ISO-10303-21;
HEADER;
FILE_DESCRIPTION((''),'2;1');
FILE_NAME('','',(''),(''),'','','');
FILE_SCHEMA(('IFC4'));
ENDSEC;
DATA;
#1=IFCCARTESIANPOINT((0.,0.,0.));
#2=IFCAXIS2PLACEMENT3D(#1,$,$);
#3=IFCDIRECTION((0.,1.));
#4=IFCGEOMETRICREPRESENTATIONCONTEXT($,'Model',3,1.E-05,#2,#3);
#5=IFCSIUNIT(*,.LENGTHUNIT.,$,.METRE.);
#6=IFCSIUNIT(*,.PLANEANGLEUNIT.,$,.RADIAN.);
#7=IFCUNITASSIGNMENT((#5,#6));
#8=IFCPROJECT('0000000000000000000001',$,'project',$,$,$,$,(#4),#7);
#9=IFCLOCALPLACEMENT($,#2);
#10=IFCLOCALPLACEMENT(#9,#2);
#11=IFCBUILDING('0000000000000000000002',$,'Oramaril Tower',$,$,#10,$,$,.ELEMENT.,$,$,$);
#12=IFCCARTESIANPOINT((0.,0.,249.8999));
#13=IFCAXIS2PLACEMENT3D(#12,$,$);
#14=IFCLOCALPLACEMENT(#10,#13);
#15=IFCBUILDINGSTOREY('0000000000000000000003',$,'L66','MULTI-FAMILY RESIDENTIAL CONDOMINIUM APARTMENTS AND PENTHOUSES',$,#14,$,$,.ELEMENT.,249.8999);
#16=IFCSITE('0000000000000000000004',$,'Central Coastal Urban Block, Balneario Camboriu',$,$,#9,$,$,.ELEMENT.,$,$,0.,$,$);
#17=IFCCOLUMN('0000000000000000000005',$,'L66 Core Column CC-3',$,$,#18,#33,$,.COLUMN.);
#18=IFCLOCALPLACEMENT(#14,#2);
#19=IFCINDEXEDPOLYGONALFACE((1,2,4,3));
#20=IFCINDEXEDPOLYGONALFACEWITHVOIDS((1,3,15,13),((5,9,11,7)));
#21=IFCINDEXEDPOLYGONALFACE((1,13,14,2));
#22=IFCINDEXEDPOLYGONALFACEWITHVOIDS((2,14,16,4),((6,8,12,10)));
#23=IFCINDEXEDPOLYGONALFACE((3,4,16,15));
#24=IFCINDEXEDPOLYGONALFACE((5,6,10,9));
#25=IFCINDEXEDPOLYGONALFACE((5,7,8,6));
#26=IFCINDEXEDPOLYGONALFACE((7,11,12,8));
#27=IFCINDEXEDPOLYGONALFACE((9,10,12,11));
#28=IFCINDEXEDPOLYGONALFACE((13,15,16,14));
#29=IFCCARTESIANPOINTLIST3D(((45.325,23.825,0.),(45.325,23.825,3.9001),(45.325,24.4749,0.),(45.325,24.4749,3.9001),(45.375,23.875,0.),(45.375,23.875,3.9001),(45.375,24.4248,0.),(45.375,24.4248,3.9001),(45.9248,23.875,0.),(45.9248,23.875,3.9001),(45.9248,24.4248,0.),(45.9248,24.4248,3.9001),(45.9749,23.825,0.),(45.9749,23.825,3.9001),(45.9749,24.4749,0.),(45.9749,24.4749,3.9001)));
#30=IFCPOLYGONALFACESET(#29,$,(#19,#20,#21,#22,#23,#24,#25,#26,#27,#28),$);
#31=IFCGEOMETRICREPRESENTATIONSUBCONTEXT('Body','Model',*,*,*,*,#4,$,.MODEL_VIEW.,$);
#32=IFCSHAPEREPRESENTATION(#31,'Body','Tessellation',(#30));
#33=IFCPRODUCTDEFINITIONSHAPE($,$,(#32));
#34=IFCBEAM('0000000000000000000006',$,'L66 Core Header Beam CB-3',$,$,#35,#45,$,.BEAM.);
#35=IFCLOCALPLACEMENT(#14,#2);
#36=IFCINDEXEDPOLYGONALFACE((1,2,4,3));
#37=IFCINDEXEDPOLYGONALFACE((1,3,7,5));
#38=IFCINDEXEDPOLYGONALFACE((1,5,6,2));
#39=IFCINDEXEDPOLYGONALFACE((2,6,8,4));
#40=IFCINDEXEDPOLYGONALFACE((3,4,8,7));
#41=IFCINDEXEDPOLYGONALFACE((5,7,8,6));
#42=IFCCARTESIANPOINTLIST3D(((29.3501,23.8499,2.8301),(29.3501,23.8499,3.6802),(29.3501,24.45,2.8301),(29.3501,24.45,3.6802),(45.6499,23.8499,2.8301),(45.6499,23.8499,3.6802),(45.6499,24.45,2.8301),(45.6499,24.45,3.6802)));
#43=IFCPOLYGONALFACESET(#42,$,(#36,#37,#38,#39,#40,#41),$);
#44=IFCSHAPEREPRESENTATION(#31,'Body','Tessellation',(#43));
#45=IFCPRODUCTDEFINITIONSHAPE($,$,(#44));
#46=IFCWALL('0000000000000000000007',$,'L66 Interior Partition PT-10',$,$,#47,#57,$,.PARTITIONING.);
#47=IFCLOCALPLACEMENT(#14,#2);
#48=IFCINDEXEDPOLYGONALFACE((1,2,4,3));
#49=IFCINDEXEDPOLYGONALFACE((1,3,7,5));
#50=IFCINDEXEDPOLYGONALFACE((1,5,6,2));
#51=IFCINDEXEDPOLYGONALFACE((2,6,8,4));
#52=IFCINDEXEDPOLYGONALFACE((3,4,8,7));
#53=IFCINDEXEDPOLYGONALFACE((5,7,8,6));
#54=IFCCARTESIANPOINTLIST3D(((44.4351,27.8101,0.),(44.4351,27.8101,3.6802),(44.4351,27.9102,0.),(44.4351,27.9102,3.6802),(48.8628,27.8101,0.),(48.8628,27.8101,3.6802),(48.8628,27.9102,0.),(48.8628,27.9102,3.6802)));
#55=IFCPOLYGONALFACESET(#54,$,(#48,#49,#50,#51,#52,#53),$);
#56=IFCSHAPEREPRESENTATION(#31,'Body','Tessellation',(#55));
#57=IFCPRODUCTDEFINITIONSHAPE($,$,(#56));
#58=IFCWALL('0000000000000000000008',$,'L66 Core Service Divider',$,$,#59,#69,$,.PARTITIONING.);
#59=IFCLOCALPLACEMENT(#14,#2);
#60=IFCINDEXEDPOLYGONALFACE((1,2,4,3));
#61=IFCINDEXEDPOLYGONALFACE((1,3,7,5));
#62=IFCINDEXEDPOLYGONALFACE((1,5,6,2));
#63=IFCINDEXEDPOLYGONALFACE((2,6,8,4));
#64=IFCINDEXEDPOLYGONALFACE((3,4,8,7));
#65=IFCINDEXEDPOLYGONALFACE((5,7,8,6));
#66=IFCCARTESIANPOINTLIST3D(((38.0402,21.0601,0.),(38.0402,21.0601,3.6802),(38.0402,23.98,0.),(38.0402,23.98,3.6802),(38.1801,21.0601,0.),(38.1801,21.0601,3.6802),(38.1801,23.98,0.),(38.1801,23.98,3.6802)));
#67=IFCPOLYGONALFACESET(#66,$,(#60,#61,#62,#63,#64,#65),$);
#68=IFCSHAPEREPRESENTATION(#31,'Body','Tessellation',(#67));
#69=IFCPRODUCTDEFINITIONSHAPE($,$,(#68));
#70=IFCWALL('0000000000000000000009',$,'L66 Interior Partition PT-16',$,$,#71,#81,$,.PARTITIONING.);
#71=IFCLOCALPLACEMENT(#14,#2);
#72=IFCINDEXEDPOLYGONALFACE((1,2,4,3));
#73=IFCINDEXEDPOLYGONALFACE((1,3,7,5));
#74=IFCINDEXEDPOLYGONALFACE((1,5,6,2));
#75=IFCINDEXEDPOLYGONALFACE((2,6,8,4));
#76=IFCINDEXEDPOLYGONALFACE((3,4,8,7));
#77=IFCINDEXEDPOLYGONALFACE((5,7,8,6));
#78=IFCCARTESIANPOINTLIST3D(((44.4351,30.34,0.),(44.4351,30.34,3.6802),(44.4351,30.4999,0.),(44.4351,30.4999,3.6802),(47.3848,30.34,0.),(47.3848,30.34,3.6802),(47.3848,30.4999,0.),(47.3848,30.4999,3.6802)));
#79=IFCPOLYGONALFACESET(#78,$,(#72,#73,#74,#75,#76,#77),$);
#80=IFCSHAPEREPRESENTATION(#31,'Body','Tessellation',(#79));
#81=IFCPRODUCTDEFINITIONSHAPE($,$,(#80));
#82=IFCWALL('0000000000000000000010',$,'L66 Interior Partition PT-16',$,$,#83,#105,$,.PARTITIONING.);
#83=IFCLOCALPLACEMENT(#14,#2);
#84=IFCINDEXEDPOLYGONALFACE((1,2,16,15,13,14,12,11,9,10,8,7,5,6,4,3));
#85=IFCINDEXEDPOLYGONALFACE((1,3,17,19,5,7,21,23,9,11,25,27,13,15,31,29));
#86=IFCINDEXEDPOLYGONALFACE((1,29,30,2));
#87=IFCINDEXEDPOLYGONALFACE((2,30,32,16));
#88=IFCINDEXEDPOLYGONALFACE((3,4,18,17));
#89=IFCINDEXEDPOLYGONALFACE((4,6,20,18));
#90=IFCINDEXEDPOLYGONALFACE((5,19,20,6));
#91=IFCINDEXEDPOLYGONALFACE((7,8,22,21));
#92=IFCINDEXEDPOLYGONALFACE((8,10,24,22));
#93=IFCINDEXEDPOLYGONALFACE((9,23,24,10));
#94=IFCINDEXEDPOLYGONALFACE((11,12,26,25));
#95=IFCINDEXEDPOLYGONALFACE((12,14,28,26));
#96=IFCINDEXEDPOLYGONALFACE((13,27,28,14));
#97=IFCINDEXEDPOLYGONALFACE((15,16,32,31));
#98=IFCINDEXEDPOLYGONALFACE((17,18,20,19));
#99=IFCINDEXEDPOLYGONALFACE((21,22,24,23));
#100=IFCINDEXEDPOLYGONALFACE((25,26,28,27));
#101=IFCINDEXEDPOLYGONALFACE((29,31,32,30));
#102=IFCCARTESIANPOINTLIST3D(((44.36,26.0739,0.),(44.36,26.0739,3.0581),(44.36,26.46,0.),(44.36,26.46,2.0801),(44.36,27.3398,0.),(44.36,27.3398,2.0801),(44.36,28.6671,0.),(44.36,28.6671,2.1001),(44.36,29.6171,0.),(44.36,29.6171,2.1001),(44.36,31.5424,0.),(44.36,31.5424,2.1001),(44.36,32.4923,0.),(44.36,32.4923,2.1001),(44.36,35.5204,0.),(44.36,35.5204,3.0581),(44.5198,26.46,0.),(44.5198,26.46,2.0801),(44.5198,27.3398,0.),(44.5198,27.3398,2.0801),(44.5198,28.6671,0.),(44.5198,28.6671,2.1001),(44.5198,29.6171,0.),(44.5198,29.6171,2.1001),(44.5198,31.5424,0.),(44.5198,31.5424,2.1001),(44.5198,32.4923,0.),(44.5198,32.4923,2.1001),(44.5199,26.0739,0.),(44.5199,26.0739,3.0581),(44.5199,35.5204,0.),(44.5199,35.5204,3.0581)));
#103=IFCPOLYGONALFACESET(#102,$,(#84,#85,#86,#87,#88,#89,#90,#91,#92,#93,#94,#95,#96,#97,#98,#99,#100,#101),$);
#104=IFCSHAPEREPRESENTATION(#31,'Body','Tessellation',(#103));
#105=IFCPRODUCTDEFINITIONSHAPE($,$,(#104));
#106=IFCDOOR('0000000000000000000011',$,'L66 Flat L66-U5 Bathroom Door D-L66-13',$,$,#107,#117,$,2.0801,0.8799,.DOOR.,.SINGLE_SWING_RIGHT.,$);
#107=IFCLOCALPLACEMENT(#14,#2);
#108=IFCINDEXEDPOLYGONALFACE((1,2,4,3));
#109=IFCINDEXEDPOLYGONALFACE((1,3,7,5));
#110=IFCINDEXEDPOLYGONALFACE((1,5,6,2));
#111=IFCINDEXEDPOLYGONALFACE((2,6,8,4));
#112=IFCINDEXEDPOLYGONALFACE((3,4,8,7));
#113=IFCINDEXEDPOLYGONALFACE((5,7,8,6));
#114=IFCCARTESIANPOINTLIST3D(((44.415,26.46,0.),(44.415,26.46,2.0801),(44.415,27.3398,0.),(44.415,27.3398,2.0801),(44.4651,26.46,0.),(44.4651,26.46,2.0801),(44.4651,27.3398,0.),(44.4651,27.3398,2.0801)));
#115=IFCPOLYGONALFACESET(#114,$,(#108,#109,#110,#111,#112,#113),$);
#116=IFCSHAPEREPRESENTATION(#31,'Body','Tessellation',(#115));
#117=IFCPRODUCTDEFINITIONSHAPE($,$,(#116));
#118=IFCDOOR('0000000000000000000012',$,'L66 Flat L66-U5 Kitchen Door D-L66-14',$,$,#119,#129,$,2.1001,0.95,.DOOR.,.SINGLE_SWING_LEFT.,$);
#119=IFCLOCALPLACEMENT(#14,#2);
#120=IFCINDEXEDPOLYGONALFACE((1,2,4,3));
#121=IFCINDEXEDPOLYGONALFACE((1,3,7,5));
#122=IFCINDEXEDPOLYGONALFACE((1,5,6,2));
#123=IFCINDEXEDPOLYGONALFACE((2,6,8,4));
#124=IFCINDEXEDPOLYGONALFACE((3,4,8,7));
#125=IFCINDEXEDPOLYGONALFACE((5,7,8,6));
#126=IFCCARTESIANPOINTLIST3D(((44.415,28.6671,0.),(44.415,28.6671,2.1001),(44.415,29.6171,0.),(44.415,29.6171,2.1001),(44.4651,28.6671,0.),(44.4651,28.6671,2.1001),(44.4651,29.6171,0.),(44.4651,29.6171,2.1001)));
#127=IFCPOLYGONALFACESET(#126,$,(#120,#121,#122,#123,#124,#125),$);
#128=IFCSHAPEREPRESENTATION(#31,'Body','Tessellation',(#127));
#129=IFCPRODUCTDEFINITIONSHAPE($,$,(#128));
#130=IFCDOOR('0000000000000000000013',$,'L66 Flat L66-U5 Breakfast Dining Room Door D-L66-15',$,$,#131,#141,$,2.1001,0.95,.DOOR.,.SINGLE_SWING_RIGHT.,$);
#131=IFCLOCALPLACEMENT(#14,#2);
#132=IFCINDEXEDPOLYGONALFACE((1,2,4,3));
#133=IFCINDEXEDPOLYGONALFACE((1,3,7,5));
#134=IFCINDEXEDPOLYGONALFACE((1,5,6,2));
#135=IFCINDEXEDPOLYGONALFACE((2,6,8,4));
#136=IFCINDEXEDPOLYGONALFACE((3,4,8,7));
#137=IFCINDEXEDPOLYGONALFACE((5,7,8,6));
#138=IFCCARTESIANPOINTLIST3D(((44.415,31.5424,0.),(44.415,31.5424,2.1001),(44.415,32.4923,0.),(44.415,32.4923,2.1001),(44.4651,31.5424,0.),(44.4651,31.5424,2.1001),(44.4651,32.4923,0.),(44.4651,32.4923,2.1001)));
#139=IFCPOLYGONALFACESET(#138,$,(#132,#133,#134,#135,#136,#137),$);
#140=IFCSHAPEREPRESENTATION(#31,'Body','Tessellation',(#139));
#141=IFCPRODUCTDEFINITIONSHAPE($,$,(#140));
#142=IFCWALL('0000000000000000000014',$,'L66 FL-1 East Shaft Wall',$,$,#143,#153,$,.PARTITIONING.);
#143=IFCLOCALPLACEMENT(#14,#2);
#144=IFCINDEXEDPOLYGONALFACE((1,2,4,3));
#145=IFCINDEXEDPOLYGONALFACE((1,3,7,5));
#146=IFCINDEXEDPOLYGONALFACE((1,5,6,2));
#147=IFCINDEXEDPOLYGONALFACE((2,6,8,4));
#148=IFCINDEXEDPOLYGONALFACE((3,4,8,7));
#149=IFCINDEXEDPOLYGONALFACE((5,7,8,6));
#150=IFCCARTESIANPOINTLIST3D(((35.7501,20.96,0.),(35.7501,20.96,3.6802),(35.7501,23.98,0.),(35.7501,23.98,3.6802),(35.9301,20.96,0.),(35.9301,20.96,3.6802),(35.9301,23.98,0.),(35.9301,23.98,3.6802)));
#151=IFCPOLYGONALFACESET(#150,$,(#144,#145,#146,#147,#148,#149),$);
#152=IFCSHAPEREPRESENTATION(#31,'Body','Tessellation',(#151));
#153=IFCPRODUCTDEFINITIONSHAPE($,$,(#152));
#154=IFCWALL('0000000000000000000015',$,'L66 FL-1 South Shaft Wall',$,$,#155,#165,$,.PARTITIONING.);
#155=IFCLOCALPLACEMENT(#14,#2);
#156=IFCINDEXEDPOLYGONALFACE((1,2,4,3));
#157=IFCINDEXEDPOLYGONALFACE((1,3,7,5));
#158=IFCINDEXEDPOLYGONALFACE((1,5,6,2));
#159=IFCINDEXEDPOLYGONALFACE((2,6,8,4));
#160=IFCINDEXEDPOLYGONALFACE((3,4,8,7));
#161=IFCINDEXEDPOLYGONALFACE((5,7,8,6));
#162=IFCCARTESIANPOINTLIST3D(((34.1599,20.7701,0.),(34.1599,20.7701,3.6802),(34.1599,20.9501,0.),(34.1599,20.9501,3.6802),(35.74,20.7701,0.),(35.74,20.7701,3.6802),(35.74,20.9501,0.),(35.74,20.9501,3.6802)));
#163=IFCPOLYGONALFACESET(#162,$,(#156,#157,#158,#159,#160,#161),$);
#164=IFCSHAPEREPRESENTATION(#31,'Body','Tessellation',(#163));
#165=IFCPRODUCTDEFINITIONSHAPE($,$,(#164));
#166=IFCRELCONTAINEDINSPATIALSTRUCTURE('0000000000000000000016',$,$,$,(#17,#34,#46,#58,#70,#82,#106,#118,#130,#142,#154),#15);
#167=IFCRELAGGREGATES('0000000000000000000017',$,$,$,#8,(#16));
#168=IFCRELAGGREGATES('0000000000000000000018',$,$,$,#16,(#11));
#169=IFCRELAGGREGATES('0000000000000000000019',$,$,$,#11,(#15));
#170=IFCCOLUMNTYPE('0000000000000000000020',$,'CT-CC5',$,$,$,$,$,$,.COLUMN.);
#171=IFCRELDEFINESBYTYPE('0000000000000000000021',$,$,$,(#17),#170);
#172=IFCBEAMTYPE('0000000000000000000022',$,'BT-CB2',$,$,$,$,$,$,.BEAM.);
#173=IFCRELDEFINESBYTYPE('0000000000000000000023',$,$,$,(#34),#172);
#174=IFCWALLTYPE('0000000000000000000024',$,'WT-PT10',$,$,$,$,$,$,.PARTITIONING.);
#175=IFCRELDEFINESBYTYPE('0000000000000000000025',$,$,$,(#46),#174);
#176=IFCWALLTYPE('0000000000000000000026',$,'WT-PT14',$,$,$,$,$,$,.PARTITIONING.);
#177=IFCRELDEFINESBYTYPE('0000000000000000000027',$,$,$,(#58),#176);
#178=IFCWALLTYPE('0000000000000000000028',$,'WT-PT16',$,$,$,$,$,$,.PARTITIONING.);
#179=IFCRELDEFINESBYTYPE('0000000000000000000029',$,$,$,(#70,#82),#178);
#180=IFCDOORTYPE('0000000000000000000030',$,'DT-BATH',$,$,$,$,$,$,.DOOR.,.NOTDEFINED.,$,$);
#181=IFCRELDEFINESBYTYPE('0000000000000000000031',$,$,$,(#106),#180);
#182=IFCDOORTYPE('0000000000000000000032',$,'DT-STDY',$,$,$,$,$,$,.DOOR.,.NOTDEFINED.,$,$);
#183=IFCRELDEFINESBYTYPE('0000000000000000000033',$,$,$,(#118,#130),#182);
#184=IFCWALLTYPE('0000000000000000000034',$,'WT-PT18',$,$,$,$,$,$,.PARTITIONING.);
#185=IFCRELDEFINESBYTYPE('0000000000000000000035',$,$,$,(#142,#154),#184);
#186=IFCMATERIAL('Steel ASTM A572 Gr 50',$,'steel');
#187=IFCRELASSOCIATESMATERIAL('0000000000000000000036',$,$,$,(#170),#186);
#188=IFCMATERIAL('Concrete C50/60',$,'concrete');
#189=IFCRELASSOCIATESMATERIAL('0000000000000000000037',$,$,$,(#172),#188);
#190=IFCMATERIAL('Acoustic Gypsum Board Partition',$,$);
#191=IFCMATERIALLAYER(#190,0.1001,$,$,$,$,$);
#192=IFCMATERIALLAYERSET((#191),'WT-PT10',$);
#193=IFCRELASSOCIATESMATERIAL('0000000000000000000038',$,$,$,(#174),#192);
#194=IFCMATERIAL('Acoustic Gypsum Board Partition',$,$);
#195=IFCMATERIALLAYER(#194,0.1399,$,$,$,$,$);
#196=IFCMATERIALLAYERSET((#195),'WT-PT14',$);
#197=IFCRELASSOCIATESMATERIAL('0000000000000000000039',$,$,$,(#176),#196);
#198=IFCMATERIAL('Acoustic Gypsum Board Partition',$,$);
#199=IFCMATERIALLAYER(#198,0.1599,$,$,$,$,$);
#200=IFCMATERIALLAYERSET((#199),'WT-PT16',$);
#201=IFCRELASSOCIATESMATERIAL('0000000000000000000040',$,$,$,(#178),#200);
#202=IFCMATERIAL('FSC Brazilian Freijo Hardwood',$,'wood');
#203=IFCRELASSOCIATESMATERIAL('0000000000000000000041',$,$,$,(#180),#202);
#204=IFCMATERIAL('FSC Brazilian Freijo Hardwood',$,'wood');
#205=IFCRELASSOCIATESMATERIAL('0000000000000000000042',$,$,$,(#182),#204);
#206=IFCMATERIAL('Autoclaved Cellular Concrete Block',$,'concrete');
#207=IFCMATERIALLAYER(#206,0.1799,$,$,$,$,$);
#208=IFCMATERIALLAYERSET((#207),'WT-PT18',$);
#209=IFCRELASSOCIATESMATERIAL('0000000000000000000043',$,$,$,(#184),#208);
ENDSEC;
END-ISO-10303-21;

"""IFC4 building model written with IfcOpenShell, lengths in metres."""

from ifc_helpers import new_model, si_unit, direction, frame, frame_2d, origin, origin_2d, place, context, subcontext, project, spatial, rectangle, hollow_rectangle, extrude, material, layer, layer_set, material_profile, profile_set, type_object, element, fill, save


model = new_model("IFC4")

# Units and contexts
model_context = context("Model", 3, precision=1e-05, world=origin(), true_north=direction((0.0, 1.0)))
body_context = subcontext(model_context, "Body", "Model", "MODEL_VIEW")
ifc_project = project(units=[si_unit("LENGTHUNIT", "METRE"), si_unit("PLANEANGLEUNIT", "RADIAN")], contexts=[model_context])

# Site, building, storey
site_placement = place(None, origin())
site = spatial("IfcSite", under=ifc_project, at=site_placement, Name="Central Coastal Urban Block, Balneario Camboriu", CompositionType="ELEMENT", RefElevation=0.0)
building_placement = place(site_placement, origin())
building = spatial("IfcBuilding", under=site, at=building_placement, Name="Oramaril Tower", CompositionType="ELEMENT")
storey_placement = place(building_placement, frame((0.0, 0.0, 249.8999)))
storey = spatial("IfcBuildingStorey", under=building, at=storey_placement, Name="L66", Description="MULTI-FAMILY RESIDENTIAL CONDOMINIUM APARTMENTS AND PENTHOUSES", CompositionType="ELEMENT", Elevation=249.8999)

# Column
ifc_material_1 = material(Name="Steel ASTM A572 Gr 50", Category="steel")
ifc_material_profile_1 = material_profile(ifc_material_1, hollow_rectangle(XDim=0.6499, YDim=0.6499, WallThickness=0.05, at=origin_2d()), Name="BOX650X650X50")
ifc_profile_set_1 = profile_set([ifc_material_profile_1], Name="Steel ASTM A572 Gr 50")
column_type = type_object("IfcColumnType", Name="CT-CC5", PredefinedType="COLUMN", material=ifc_profile_set_1)
column_placement = place(storey_placement, frame((45.6499, 24.1499, 0.0), z_axis=(0.0, 0.0, 1.0), x_axis=(1.0, 0.0, 0.0)))
element("IfcColumn", 1, at=column_placement, inside=storey, type_object=column_type, Name="L66 Core Column CC-3", PredefinedType="COLUMN", context=body_context, shape_type="SweptSolid", body=[
    extrude(hollow_rectangle(XDim=0.6499, YDim=0.6499, WallThickness=0.05, at=origin_2d()), origin(), (0.0, 0.0, 1.0), 3.9001),
])

# Beam
ifc_material_2 = material(Name="Concrete C50/60", Category="concrete")
ifc_material_profile_2 = material_profile(ifc_material_2, rectangle(XDim=0.6001, YDim=0.8501, at=origin_2d()), Name="CB600X850")
ifc_profile_set_2 = profile_set([ifc_material_profile_2], Name="Concrete C50/60")
beam_type = type_object("IfcBeamType", Name="BT-CB2", PredefinedType="BEAM", material=ifc_profile_set_2)
beam_placement = place(storey_placement, frame((45.6499, 24.1499, 3.2551), z_axis=(-1.0, 0.0, 0.0), x_axis=(0.0, -1.0, 0.0)))
element("IfcBeam", 2, at=beam_placement, inside=storey, type_object=beam_type, Name="L66 Core Header Beam CB-3", PredefinedType="BEAM", context=body_context, shape_type="SweptSolid", body=[
    extrude(rectangle(XDim=0.6001, YDim=0.8501, at=origin_2d()), origin(), (0.0, 0.0, 1.0), 16.2998),
])

# Walls
ifc_material_3 = material(Name="Acoustic Gypsum Board Partition")
ifc_layer_1 = layer(ifc_material_3, 0.1001)
ifc_layer_set_1 = layer_set([ifc_layer_1], Name="WT-PT10")
wall_type_1 = type_object("IfcWallType", Name="WT-PT10", PredefinedType="PARTITIONING", material=ifc_layer_set_1)
wall_1_placement = place(storey_placement, frame((44.4351, 27.8601, 0.0), z_axis=(0.0, 0.0, 1.0), x_axis=(1.0, 0.0, 0.0)))
element("IfcWall", 3, at=wall_1_placement, inside=storey, type_object=wall_type_1, Name="L66 Interior Partition PT-10", PredefinedType="PARTITIONING", context=body_context, shape_type="SweptSolid", body=[
    extrude(rectangle(XDim=4.4277, YDim=0.1001, at=frame_2d((2.2139, 0.0))), origin(), (0.0, 0.0, 1.0), 3.6802),
])
ifc_material_4 = material(Name="Acoustic Gypsum Board Partition")
ifc_layer_2 = layer(ifc_material_4, 0.1399)
ifc_layer_set_2 = layer_set([ifc_layer_2], Name="WT-PT14")
wall_type_2 = type_object("IfcWallType", Name="WT-PT14", PredefinedType="PARTITIONING", material=ifc_layer_set_2)
wall_2_placement = place(storey_placement, frame((38.1101, 21.0601, 0.0), z_axis=(0.0, 0.0, 1.0), x_axis=(0.0, 1.0, 0.0)))
element("IfcWall", 4, at=wall_2_placement, inside=storey, type_object=wall_type_2, Name="L66 Core Service Divider", PredefinedType="PARTITIONING", context=body_context, shape_type="SweptSolid", body=[
    extrude(rectangle(XDim=2.9199, YDim=0.1399, at=frame_2d((1.46, 0.0))), origin(), (0.0, 0.0, 1.0), 3.6802),
])
ifc_material_5 = material(Name="Acoustic Gypsum Board Partition")
ifc_layer_3 = layer(ifc_material_5, 0.1599)
ifc_layer_set_3 = layer_set([ifc_layer_3], Name="WT-PT16")
wall_type_3 = type_object("IfcWallType", Name="WT-PT16", PredefinedType="PARTITIONING", material=ifc_layer_set_3)
wall_3_placement = place(storey_placement, frame((44.4351, 30.4199, 0.0), z_axis=(0.0, 0.0, 1.0), x_axis=(1.0, 0.0, 0.0)))
element("IfcWall", 5, at=wall_3_placement, inside=storey, type_object=wall_type_3, Name="L66 Interior Partition PT-16", PredefinedType="PARTITIONING", context=body_context, shape_type="SweptSolid", body=[
    extrude(rectangle(XDim=2.9497, YDim=0.1599, at=frame_2d((1.4749, 0.0))), origin(), (0.0, 0.0, 1.0), 3.6802),
])

# Wall, openings, doors
wall_4_placement = place(storey_placement, frame((44.4399, 26.074, 0.0), z_axis=(0.0, 0.0, 1.0), x_axis=(0.0, 1.0, 0.0)))
wall_4 = element("IfcWall", 6, at=wall_4_placement, inside=storey, type_object=wall_type_3, Name="L66 Interior Partition PT-16", PredefinedType="PARTITIONING", context=body_context, shape_type="SweptSolid", body=[
    extrude(rectangle(XDim=9.4465, YDim=0.1599, at=frame_2d((4.7231, 0.0))), origin(), (0.0, 0.0, 1.0), 3.0581),
])
opening_1_placement = place(wall_4_placement, frame((0.386, 0.0, 0.0)))
opening_1 = element("IfcOpeningElement", 7, at=opening_1_placement, cuts=wall_4, PredefinedType="OPENING", context=body_context, shape_type="SweptSolid", body=[
    extrude(rectangle(XDim=0.8799, YDim=2.0801, at=frame_2d((0.4399, 1.04))), frame((0.0, 0.0801, 0.0), z_axis=(0.0, -1.0, 0.0), x_axis=(1.0, 0.0, 0.0)), (0.0, 0.0, 1.0), 0.1599),
])
opening_2_placement = place(wall_4_placement, frame((2.593, 0.0, 0.0)))
opening_2 = element("IfcOpeningElement", 8, at=opening_2_placement, cuts=wall_4, PredefinedType="OPENING", context=body_context, shape_type="SweptSolid", body=[
    extrude(rectangle(XDim=0.95, YDim=2.1001, at=frame_2d((0.4751, 1.05))), frame((0.0, 0.0801, 0.0), z_axis=(0.0, -1.0, 0.0), x_axis=(1.0, 0.0, 0.0)), (0.0, 0.0, 1.0), 0.1599),
])
opening_3_placement = place(wall_4_placement, frame((5.4683, 0.0, 0.0)))
opening_3 = element("IfcOpeningElement", 9, at=opening_3_placement, cuts=wall_4, PredefinedType="OPENING", context=body_context, shape_type="SweptSolid", body=[
    extrude(rectangle(XDim=0.95, YDim=2.1001, at=frame_2d((0.4751, 1.05))), frame((0.0, 0.0801, 0.0), z_axis=(0.0, -1.0, 0.0), x_axis=(1.0, 0.0, 0.0)), (0.0, 0.0, 1.0), 0.1599),
])
ifc_material_6 = material(Name="FSC Brazilian Freijo Hardwood", Category="wood")
door_type_1 = type_object("IfcDoorType", Name="DT-BATH", OperationType="NOTDEFINED", PredefinedType="DOOR", material=ifc_material_6)
door_1_placement = place(opening_1_placement, origin())
door_1 = element("IfcDoor", 10, at=door_1_placement, inside=storey, type_object=door_type_1, Name="L66 Flat L66-U5 Bathroom Door D-L66-13", OperationType="SINGLE_SWING_RIGHT", OverallHeight=2.0801, OverallWidth=0.8799, PredefinedType="DOOR", context=body_context, shape_type="SweptSolid", body=[
    extrude(rectangle(XDim=0.8799, YDim=2.0801, at=frame_2d((0.4399, 1.04))), frame((0.0, 0.0249, 0.0), z_axis=(0.0, -1.0, 0.0), x_axis=(1.0, 0.0, 0.0)), (0.0, 0.0, 1.0), 0.05),
])
fill(opening_1, door_1)
ifc_material_7 = material(Name="FSC Brazilian Freijo Hardwood", Category="wood")
door_type_2 = type_object("IfcDoorType", Name="DT-STDY", OperationType="NOTDEFINED", PredefinedType="DOOR", material=ifc_material_7)
door_2_placement = place(opening_2_placement, origin())
door_2 = element("IfcDoor", 11, at=door_2_placement, inside=storey, type_object=door_type_2, Name="L66 Flat L66-U5 Kitchen Door D-L66-14", OperationType="SINGLE_SWING_LEFT", OverallHeight=2.1001, OverallWidth=0.95, PredefinedType="DOOR", context=body_context, shape_type="SweptSolid", body=[
    extrude(rectangle(XDim=0.95, YDim=2.1001, at=frame_2d((0.4751, 1.05))), frame((0.0, 0.0249, 0.0), z_axis=(0.0, -1.0, 0.0), x_axis=(1.0, 0.0, 0.0)), (0.0, 0.0, 1.0), 0.05),
])
fill(opening_2, door_2)
door_3_placement = place(opening_3_placement, origin())
door_3 = element("IfcDoor", 12, at=door_3_placement, inside=storey, type_object=door_type_2, Name="L66 Flat L66-U5 Breakfast Dining Room Door D-L66-15", OperationType="SINGLE_SWING_RIGHT", OverallHeight=2.1001, OverallWidth=0.95, PredefinedType="DOOR", context=body_context, shape_type="SweptSolid", body=[
    extrude(rectangle(XDim=0.95, YDim=2.1001, at=frame_2d((0.4751, 1.05))), frame((0.0, 0.0249, 0.0), z_axis=(0.0, -1.0, 0.0), x_axis=(1.0, 0.0, 0.0)), (0.0, 0.0, 1.0), 0.05),
])
fill(opening_3, door_3)

# Walls
ifc_material_8 = material(Name="Autoclaved Cellular Concrete Block", Category="concrete")
ifc_layer_4 = layer(ifc_material_8, 0.1799)
ifc_layer_set_4 = layer_set([ifc_layer_4], Name="WT-PT18")
wall_type_4 = type_object("IfcWallType", Name="WT-PT18", PredefinedType="PARTITIONING", material=ifc_layer_set_4)
wall_5_placement = place(storey_placement, frame((35.8401, 20.96, 0.0), z_axis=(0.0, 0.0, 1.0), x_axis=(0.0, 1.0, 0.0)))
element("IfcWall", 13, at=wall_5_placement, inside=storey, type_object=wall_type_4, Name="L66 FL-1 East Shaft Wall", PredefinedType="PARTITIONING", context=body_context, shape_type="SweptSolid", body=[
    extrude(rectangle(XDim=3.02, YDim=0.1799, at=frame_2d((1.51, 0.0))), origin(), (0.0, 0.0, 1.0), 3.6802),
])
wall_6_placement = place(storey_placement, frame((34.1599, 20.8601, 0.0), z_axis=(0.0, 0.0, 1.0), x_axis=(1.0, 0.0, 0.0)))
element("IfcWall", 14, at=wall_6_placement, inside=storey, type_object=wall_type_4, Name="L66 FL-1 South Shaft Wall", PredefinedType="PARTITIONING", context=body_context, shape_type="SweptSolid", body=[
    extrude(rectangle(XDim=1.5801, YDim=0.1799, at=frame_2d((0.79, 0.0))), origin(), (0.0, 0.0, 1.0), 3.6802),
])

save(model, "model.ifc")
